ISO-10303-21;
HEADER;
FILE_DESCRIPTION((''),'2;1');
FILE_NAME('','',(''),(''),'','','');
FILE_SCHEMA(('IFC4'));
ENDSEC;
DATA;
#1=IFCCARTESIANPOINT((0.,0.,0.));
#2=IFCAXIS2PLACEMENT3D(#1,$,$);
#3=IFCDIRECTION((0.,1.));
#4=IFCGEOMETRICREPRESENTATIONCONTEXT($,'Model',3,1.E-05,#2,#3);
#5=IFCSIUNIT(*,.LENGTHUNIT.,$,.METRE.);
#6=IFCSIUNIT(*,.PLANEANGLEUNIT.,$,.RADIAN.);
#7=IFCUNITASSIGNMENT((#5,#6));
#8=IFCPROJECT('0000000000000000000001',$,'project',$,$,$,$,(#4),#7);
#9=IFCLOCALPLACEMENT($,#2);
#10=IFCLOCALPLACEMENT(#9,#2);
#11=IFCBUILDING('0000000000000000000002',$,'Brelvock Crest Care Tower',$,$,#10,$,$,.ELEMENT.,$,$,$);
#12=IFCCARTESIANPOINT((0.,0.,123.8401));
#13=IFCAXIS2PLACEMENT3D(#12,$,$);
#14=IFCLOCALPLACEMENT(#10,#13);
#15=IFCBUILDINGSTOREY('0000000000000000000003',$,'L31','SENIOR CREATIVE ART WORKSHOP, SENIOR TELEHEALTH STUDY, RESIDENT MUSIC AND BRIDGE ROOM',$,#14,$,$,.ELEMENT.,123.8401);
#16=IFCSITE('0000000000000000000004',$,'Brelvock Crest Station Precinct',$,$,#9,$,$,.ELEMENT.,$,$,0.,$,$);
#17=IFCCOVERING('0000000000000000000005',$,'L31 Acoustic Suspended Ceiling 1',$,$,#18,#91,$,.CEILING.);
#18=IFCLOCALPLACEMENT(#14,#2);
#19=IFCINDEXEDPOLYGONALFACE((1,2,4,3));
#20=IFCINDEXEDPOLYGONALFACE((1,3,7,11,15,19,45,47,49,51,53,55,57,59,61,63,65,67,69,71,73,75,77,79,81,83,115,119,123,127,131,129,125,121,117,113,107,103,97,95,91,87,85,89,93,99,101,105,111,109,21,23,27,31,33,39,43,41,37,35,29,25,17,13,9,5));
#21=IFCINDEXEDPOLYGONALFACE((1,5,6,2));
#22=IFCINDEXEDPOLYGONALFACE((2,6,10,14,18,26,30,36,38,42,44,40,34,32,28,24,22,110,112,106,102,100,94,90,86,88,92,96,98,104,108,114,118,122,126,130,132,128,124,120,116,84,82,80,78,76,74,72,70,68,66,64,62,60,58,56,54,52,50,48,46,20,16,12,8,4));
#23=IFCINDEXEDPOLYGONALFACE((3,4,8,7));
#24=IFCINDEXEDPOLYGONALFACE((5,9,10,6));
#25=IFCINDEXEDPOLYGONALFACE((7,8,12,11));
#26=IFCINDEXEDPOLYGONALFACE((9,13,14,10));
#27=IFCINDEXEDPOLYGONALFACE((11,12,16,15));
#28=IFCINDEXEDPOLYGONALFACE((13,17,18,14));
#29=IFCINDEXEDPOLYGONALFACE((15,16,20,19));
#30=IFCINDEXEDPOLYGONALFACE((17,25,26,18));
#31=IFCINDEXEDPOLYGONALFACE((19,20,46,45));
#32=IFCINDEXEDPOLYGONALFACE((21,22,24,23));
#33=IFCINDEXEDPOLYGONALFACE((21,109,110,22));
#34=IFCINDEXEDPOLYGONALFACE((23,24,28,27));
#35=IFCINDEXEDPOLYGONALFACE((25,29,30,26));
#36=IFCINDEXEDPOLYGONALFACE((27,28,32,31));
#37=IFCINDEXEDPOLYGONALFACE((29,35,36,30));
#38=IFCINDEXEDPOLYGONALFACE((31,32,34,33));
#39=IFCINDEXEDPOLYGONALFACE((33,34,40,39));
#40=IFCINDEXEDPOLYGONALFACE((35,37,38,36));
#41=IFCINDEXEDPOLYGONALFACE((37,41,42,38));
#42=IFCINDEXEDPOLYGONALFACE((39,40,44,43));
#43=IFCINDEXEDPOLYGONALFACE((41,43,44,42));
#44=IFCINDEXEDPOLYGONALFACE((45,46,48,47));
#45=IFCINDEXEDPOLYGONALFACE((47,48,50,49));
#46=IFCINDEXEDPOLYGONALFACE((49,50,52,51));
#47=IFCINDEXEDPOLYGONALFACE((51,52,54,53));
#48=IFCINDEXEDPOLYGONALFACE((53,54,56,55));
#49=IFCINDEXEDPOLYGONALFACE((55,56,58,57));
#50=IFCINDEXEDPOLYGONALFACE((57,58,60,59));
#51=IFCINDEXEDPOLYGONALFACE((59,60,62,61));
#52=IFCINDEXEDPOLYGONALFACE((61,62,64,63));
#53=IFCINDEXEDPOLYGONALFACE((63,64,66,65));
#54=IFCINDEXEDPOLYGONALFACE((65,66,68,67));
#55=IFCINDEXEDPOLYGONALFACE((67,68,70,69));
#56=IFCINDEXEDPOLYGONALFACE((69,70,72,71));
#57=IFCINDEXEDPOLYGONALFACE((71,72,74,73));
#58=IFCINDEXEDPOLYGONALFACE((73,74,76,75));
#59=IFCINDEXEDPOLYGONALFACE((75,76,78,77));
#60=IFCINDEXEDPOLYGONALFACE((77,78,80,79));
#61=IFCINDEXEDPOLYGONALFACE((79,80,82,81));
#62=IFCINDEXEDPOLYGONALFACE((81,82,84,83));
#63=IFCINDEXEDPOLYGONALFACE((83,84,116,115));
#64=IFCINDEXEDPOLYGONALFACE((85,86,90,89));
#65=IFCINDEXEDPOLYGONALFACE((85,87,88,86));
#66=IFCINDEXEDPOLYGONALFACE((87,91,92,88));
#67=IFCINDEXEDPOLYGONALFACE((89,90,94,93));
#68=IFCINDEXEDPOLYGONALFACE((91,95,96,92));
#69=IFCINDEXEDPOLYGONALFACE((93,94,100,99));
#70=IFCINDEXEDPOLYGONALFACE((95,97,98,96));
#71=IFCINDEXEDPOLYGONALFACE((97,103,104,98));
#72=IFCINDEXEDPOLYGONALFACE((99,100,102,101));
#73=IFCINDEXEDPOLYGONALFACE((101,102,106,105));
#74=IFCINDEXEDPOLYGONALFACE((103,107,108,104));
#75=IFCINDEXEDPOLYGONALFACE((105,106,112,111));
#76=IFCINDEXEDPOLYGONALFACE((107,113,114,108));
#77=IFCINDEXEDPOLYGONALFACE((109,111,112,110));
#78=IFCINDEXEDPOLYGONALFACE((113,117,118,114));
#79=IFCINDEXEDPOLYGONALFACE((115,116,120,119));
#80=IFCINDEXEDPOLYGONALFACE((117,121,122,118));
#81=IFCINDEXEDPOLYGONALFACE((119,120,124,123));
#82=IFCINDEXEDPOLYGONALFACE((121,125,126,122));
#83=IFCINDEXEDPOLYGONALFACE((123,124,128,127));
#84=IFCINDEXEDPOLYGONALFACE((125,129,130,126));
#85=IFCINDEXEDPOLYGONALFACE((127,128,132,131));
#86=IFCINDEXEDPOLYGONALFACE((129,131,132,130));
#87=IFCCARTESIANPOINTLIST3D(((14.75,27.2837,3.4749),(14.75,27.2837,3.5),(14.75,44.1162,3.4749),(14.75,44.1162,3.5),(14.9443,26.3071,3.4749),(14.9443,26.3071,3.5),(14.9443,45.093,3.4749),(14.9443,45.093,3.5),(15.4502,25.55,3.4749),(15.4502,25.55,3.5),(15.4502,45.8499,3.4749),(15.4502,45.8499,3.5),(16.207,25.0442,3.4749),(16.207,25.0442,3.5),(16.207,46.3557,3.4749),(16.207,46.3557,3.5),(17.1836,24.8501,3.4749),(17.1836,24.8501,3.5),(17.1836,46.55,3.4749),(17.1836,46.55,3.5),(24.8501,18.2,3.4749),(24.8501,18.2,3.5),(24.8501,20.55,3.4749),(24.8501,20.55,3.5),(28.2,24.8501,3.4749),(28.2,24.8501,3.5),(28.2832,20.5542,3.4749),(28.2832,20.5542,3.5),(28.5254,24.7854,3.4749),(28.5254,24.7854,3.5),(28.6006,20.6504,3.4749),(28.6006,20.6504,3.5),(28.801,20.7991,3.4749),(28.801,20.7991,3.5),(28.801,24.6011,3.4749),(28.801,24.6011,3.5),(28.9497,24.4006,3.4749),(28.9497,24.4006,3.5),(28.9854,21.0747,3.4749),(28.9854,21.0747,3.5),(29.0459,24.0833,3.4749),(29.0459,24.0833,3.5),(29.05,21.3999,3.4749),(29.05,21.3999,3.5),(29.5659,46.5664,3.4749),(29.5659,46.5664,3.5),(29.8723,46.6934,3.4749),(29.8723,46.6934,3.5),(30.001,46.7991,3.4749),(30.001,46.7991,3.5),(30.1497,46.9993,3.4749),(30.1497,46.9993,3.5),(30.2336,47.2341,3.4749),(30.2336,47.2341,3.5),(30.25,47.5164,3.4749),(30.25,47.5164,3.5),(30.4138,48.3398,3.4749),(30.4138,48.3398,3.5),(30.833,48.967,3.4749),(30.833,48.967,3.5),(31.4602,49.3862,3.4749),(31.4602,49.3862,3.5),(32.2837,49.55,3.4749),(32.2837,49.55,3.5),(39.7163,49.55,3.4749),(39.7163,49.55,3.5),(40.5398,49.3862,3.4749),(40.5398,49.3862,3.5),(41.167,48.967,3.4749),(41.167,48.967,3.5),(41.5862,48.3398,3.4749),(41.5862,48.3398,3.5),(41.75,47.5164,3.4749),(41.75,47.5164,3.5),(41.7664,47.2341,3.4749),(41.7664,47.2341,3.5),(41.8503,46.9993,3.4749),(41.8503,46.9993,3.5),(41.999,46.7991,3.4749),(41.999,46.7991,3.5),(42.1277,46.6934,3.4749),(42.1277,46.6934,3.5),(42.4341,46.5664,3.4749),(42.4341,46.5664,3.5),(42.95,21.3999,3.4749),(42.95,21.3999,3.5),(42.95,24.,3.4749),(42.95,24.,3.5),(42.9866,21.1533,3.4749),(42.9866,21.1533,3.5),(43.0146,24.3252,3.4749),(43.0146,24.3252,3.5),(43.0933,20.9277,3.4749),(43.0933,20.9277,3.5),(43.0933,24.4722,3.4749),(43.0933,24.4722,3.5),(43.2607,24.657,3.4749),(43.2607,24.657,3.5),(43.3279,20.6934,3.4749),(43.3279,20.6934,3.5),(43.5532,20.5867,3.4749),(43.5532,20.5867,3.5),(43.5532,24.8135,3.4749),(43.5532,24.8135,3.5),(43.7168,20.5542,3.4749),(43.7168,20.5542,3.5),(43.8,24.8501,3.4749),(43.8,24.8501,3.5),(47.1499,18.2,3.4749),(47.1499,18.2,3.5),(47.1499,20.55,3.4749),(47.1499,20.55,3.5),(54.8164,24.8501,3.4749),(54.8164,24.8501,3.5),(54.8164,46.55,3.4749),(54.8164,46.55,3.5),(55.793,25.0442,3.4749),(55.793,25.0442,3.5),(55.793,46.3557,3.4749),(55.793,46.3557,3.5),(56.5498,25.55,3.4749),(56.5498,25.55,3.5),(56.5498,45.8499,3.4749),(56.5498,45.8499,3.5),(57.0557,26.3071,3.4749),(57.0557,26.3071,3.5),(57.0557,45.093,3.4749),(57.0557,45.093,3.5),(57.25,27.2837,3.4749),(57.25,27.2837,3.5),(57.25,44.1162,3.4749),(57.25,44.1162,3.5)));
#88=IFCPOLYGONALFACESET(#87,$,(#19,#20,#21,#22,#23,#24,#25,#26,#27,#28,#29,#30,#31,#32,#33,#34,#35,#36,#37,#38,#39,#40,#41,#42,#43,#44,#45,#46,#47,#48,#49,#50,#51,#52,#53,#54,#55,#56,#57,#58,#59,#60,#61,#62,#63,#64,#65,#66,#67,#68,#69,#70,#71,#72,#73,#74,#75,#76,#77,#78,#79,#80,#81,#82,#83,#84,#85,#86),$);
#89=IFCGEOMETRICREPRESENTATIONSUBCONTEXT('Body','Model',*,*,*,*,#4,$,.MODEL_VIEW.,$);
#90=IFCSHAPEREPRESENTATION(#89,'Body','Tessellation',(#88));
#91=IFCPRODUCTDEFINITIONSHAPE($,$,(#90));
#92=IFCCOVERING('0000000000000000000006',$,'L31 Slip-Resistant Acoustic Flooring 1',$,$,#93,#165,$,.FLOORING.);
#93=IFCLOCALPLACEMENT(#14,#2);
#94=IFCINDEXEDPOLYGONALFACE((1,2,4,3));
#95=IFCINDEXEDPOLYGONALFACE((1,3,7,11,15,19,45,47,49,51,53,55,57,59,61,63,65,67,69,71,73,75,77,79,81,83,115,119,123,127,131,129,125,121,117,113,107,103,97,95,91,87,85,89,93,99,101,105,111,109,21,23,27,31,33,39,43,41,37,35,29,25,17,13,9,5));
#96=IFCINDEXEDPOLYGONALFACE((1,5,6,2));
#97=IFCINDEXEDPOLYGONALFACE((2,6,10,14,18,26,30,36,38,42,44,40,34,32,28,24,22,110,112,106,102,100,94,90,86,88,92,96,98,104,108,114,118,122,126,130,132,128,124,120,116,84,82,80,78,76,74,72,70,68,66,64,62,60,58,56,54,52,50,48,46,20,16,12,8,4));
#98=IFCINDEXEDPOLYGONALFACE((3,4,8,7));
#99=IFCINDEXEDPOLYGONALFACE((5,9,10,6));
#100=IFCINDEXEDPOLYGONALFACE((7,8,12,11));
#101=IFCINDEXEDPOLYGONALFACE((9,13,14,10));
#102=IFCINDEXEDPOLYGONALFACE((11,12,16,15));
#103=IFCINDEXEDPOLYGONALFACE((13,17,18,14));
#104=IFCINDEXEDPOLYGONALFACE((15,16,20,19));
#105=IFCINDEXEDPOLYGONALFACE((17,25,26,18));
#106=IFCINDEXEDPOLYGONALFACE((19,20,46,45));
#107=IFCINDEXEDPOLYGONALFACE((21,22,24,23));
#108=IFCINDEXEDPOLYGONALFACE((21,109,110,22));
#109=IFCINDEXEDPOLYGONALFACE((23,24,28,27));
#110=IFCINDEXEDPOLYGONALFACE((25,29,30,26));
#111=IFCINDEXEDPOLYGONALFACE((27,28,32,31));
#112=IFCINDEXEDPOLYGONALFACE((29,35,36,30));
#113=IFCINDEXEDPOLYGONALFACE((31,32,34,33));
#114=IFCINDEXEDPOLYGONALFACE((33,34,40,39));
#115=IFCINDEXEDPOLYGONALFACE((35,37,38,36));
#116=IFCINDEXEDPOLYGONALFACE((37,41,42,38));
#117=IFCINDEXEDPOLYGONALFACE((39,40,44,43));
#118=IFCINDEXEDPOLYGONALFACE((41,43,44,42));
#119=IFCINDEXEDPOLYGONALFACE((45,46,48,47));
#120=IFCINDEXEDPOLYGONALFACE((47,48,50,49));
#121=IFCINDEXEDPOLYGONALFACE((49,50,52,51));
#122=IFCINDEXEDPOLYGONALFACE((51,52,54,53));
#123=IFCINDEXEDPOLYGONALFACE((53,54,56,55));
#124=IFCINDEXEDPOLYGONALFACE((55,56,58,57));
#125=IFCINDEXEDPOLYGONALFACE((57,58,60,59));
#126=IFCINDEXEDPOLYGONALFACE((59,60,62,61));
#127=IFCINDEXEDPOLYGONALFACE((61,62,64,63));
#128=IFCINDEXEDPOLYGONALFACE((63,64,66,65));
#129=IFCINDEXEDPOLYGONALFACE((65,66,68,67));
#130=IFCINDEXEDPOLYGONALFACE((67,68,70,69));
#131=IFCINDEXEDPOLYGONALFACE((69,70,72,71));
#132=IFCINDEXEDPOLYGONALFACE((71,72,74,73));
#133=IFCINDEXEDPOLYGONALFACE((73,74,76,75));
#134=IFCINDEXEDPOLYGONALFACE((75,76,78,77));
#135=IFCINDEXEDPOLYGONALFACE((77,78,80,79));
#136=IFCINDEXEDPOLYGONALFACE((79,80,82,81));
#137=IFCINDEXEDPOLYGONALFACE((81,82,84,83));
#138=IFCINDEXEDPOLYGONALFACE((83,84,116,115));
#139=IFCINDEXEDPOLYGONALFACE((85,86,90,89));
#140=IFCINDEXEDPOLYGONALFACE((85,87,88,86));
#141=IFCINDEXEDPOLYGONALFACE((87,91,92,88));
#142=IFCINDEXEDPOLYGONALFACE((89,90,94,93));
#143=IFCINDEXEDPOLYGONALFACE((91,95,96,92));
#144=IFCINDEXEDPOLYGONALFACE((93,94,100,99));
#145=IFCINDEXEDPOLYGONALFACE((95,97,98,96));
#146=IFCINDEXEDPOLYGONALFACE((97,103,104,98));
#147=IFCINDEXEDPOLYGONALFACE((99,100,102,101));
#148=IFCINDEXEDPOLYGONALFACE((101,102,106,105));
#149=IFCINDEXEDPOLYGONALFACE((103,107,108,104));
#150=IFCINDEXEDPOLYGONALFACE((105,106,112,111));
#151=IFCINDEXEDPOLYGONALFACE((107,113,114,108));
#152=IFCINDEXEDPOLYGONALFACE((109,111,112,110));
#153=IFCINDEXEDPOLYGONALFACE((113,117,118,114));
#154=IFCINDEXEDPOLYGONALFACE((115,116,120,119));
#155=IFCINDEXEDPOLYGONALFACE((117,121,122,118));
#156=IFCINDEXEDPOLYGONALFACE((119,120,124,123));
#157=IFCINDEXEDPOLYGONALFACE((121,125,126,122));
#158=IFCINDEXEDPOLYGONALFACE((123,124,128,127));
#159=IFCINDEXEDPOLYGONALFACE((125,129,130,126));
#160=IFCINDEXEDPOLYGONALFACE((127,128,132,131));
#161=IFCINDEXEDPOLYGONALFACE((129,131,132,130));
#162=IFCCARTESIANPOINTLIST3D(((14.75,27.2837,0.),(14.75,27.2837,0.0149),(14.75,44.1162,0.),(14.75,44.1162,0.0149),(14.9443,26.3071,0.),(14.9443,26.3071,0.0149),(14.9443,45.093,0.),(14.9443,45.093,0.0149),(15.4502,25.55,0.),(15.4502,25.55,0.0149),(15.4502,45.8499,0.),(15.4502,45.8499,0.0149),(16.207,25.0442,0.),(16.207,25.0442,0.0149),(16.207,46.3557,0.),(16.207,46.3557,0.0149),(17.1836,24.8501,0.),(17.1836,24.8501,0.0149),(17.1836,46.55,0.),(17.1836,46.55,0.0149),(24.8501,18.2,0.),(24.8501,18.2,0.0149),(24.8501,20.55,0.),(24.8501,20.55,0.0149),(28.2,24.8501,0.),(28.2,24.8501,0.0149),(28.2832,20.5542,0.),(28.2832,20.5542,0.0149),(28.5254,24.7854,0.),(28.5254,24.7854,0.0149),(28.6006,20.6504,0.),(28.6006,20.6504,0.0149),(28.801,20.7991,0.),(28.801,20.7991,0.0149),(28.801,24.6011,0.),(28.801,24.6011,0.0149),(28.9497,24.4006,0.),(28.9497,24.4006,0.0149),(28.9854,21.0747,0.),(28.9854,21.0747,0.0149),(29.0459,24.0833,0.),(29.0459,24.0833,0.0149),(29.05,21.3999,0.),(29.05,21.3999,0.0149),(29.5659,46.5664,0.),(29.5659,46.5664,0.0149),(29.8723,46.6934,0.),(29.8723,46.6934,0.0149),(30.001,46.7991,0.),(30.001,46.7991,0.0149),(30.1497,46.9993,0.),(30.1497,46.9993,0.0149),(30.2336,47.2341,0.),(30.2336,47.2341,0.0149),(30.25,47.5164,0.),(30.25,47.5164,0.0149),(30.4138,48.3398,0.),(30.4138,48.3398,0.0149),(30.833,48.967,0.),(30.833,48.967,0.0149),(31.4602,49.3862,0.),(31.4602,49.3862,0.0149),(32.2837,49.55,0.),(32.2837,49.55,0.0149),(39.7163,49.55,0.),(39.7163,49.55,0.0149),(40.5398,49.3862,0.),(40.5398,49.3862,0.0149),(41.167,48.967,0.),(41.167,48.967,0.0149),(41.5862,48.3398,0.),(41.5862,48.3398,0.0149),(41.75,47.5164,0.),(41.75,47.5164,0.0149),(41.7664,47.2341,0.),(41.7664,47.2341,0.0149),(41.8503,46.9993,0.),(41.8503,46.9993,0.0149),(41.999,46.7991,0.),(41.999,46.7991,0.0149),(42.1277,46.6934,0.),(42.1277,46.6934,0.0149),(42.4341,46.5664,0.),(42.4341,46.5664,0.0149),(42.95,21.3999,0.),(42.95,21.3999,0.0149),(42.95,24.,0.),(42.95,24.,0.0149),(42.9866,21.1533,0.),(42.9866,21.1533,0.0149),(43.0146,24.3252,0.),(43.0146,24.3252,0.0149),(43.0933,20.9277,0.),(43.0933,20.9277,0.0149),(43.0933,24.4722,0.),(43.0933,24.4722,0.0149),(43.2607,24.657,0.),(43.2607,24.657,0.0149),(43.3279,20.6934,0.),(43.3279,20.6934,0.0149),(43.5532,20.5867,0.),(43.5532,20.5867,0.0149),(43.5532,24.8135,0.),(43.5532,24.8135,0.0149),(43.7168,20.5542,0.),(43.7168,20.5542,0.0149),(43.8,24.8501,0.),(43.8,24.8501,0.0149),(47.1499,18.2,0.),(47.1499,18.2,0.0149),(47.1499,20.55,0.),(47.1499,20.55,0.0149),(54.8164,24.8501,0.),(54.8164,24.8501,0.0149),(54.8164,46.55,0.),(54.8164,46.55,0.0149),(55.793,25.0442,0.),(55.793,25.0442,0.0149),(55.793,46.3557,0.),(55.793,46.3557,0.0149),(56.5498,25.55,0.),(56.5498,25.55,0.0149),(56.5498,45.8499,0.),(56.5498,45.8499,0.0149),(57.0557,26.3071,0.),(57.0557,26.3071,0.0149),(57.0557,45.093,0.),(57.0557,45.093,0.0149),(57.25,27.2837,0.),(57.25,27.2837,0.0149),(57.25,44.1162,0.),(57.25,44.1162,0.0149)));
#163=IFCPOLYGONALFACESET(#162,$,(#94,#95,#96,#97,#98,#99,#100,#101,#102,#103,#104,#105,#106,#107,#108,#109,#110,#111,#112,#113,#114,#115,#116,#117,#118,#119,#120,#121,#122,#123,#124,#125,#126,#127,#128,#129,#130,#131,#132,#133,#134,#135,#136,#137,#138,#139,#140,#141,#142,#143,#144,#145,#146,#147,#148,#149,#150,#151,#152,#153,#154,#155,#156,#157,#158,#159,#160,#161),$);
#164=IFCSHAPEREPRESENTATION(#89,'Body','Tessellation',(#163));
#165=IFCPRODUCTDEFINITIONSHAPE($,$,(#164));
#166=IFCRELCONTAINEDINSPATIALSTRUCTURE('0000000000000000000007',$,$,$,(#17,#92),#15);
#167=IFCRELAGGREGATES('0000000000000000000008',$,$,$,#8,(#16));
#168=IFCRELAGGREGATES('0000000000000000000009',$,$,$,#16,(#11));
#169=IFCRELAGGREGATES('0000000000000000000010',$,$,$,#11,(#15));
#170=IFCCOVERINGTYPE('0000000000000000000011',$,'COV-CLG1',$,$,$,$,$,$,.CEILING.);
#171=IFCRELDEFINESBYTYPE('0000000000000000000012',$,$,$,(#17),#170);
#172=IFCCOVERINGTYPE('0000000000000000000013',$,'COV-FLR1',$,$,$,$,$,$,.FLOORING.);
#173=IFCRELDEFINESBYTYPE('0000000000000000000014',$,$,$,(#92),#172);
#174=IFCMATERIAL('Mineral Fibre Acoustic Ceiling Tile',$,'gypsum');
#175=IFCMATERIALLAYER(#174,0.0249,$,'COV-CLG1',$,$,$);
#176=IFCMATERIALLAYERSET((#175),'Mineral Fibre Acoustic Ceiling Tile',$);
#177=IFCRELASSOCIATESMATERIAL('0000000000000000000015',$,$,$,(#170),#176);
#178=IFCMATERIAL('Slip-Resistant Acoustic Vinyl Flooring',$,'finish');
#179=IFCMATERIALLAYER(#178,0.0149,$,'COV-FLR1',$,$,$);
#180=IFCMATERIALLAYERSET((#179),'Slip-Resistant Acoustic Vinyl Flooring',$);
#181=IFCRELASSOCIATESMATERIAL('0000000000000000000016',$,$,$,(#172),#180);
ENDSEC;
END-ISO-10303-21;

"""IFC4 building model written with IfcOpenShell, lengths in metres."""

from ifc_helpers import new_model, si_unit, direction, frame, origin, place, context, subcontext, project, spatial, polyline, outline, extrude, material, layer, layer_set, type_object, element, save


model = new_model("IFC4")

# Units and contexts
model_context = context("Model", 3, precision=1e-05, world=origin(), true_north=direction((0.0, 1.0)))
body_context = subcontext(model_context, "Body", "Model", "MODEL_VIEW")
ifc_project = project(units=[si_unit("LENGTHUNIT", "METRE"), si_unit("PLANEANGLEUNIT", "RADIAN")], contexts=[model_context])

# Site, building, storey
site_placement = place(None, origin())
site = spatial("IfcSite", under=ifc_project, at=site_placement, Name="Brelvock Crest Station Precinct", CompositionType="ELEMENT", RefElevation=0.0)
building_placement = place(site_placement, origin())
building = spatial("IfcBuilding", under=site, at=building_placement, Name="Brelvock Crest Care Tower", CompositionType="ELEMENT")
storey_placement = place(building_placement, frame((0.0, 0.0, 123.8401)))
storey = spatial("IfcBuildingStorey", under=building, at=storey_placement, Name="L31", Description="SENIOR CREATIVE ART WORKSHOP, SENIOR TELEHEALTH STUDY, RESIDENT MUSIC AND BRIDGE ROOM", CompositionType="ELEMENT", Elevation=123.8401)

# Coverings
ifc_material_1 = material(Name="Mineral Fibre Acoustic Ceiling Tile", Category="gypsum")
ifc_layer_1 = layer(ifc_material_1, 0.0249, Name="COV-CLG1")
ifc_layer_set_1 = layer_set([ifc_layer_1], Name="Mineral Fibre Acoustic Ceiling Tile")
covering_type_1 = type_object("IfcCoveringType", Name="COV-CLG1", PredefinedType="CEILING", material=ifc_layer_set_1)
covering_1_placement = place(storey_placement, frame((0.0, 0.0, 3.4749)))
element("IfcCovering", 1, at=covering_1_placement, inside=storey, type_object=covering_type_1, Name="L31 Acoustic Suspended Ceiling 1", PredefinedType="CEILING", context=body_context, shape_type="SweptSolid", body=[
    extrude(outline(polyline([(24.8501, 18.2), (47.1499, 18.2), (47.1499, 20.55), (43.7168, 20.5542), (43.5532, 20.5867), (43.3279, 20.6934), (43.0933, 20.9277), (42.9866, 21.1533), (42.95, 21.3999), (42.95, 24.0), (43.0146, 24.3252), (43.0933, 24.4722), (43.2607, 24.657), (43.5532, 24.8135), (43.8, 24.8501), (54.8164, 24.8501), (55.793, 25.0442), (56.5498, 25.55), (57.0557, 26.3071), (57.25, 27.2837), (57.25, 44.1162), (57.0557, 45.093), (56.5498, 45.8499), (55.793, 46.3557), (54.8164, 46.55), (42.4341, 46.5664), (42.1277, 46.6934), (41.999, 46.7991), (41.8503, 46.9993), (41.7664, 47.2341), (41.75, 47.5164), (41.5862, 48.3398), (41.167, 48.967), (40.5398, 49.3862), (39.7163, 49.55), (32.2837, 49.55), (31.4602, 49.3862), (30.833, 48.967), (30.4138, 48.3398), (30.25, 47.5164), (30.2336, 47.2341), (30.1497, 46.9993), (30.001, 46.7991), (29.8723, 46.6934), (29.5659, 46.5664), (17.1836, 46.55), (16.207, 46.3557), (15.4502, 45.8499), (14.9443, 45.093), (14.75, 44.1162), (14.75, 27.2837), (14.9443, 26.3071), (15.4502, 25.55), (16.207, 25.0442), (17.1836, 24.8501), (28.2, 24.8501), (28.5254, 24.7854), (28.801, 24.6011), (28.9497, 24.4006), (29.0459, 24.0833), (29.05, 21.3999), (28.9854, 21.0747), (28.801, 20.7991), (28.6006, 20.6504), (28.2832, 20.5542), (24.8501, 20.55), (24.8501, 18.2)])), origin(), (0.0, 0.0, 1.0), 0.0251),
])
ifc_material_2 = material(Name="Slip-Resistant Acoustic Vinyl Flooring", Category="finish")
ifc_layer_2 = layer(ifc_material_2, 0.0149, Name="COV-FLR1")
ifc_layer_set_2 = layer_set([ifc_layer_2], Name="Slip-Resistant Acoustic Vinyl Flooring")
covering_type_2 = type_object("IfcCoveringType", Name="COV-FLR1", PredefinedType="FLOORING", material=ifc_layer_set_2)
covering_2_placement = place(storey_placement, origin())
element("IfcCovering", 2, at=covering_2_placement, inside=storey, type_object=covering_type_2, Name="L31 Slip-Resistant Acoustic Flooring 1", PredefinedType="FLOORING", context=body_context, shape_type="SweptSolid", body=[
    extrude(outline(polyline([(24.8501, 18.2), (47.1499, 18.2), (47.1499, 20.55), (43.7168, 20.5542), (43.5532, 20.5867), (43.3279, 20.6934), (43.0933, 20.9277), (42.9866, 21.1533), (42.95, 21.3999), (42.95, 24.0), (43.0146, 24.3252), (43.0933, 24.4722), (43.2607, 24.657), (43.5532, 24.8135), (43.8, 24.8501), (54.8164, 24.8501), (55.793, 25.0442), (56.5498, 25.55), (57.0557, 26.3071), (57.25, 27.2837), (57.25, 44.1162), (57.0557, 45.093), (56.5498, 45.8499), (55.793, 46.3557), (54.8164, 46.55), (42.4341, 46.5664), (42.1277, 46.6934), (41.999, 46.7991), (41.8503, 46.9993), (41.7664, 47.2341), (41.75, 47.5164), (41.5862, 48.3398), (41.167, 48.967), (40.5398, 49.3862), (39.7163, 49.55), (32.2837, 49.55), (31.4602, 49.3862), (30.833, 48.967), (30.4138, 48.3398), (30.25, 47.5164), (30.2336, 47.2341), (30.1497, 46.9993), (30.001, 46.7991), (29.8723, 46.6934), (29.5659, 46.5664), (17.1836, 46.55), (16.207, 46.3557), (15.4502, 45.8499), (14.9443, 45.093), (14.75, 44.1162), (14.75, 27.2837), (14.9443, 26.3071), (15.4502, 25.55), (16.207, 25.0442), (17.1836, 24.8501), (28.2, 24.8501), (28.5254, 24.7854), (28.801, 24.6011), (28.9497, 24.4006), (29.0459, 24.0833), (29.05, 21.3999), (28.9854, 21.0747), (28.801, 20.7991), (28.6006, 20.6504), (28.2832, 20.5542), (24.8501, 20.55), (24.8501, 18.2)])), origin(), (0.0, 0.0, 1.0), 0.0149),
])

save(model, "model.ifc")
